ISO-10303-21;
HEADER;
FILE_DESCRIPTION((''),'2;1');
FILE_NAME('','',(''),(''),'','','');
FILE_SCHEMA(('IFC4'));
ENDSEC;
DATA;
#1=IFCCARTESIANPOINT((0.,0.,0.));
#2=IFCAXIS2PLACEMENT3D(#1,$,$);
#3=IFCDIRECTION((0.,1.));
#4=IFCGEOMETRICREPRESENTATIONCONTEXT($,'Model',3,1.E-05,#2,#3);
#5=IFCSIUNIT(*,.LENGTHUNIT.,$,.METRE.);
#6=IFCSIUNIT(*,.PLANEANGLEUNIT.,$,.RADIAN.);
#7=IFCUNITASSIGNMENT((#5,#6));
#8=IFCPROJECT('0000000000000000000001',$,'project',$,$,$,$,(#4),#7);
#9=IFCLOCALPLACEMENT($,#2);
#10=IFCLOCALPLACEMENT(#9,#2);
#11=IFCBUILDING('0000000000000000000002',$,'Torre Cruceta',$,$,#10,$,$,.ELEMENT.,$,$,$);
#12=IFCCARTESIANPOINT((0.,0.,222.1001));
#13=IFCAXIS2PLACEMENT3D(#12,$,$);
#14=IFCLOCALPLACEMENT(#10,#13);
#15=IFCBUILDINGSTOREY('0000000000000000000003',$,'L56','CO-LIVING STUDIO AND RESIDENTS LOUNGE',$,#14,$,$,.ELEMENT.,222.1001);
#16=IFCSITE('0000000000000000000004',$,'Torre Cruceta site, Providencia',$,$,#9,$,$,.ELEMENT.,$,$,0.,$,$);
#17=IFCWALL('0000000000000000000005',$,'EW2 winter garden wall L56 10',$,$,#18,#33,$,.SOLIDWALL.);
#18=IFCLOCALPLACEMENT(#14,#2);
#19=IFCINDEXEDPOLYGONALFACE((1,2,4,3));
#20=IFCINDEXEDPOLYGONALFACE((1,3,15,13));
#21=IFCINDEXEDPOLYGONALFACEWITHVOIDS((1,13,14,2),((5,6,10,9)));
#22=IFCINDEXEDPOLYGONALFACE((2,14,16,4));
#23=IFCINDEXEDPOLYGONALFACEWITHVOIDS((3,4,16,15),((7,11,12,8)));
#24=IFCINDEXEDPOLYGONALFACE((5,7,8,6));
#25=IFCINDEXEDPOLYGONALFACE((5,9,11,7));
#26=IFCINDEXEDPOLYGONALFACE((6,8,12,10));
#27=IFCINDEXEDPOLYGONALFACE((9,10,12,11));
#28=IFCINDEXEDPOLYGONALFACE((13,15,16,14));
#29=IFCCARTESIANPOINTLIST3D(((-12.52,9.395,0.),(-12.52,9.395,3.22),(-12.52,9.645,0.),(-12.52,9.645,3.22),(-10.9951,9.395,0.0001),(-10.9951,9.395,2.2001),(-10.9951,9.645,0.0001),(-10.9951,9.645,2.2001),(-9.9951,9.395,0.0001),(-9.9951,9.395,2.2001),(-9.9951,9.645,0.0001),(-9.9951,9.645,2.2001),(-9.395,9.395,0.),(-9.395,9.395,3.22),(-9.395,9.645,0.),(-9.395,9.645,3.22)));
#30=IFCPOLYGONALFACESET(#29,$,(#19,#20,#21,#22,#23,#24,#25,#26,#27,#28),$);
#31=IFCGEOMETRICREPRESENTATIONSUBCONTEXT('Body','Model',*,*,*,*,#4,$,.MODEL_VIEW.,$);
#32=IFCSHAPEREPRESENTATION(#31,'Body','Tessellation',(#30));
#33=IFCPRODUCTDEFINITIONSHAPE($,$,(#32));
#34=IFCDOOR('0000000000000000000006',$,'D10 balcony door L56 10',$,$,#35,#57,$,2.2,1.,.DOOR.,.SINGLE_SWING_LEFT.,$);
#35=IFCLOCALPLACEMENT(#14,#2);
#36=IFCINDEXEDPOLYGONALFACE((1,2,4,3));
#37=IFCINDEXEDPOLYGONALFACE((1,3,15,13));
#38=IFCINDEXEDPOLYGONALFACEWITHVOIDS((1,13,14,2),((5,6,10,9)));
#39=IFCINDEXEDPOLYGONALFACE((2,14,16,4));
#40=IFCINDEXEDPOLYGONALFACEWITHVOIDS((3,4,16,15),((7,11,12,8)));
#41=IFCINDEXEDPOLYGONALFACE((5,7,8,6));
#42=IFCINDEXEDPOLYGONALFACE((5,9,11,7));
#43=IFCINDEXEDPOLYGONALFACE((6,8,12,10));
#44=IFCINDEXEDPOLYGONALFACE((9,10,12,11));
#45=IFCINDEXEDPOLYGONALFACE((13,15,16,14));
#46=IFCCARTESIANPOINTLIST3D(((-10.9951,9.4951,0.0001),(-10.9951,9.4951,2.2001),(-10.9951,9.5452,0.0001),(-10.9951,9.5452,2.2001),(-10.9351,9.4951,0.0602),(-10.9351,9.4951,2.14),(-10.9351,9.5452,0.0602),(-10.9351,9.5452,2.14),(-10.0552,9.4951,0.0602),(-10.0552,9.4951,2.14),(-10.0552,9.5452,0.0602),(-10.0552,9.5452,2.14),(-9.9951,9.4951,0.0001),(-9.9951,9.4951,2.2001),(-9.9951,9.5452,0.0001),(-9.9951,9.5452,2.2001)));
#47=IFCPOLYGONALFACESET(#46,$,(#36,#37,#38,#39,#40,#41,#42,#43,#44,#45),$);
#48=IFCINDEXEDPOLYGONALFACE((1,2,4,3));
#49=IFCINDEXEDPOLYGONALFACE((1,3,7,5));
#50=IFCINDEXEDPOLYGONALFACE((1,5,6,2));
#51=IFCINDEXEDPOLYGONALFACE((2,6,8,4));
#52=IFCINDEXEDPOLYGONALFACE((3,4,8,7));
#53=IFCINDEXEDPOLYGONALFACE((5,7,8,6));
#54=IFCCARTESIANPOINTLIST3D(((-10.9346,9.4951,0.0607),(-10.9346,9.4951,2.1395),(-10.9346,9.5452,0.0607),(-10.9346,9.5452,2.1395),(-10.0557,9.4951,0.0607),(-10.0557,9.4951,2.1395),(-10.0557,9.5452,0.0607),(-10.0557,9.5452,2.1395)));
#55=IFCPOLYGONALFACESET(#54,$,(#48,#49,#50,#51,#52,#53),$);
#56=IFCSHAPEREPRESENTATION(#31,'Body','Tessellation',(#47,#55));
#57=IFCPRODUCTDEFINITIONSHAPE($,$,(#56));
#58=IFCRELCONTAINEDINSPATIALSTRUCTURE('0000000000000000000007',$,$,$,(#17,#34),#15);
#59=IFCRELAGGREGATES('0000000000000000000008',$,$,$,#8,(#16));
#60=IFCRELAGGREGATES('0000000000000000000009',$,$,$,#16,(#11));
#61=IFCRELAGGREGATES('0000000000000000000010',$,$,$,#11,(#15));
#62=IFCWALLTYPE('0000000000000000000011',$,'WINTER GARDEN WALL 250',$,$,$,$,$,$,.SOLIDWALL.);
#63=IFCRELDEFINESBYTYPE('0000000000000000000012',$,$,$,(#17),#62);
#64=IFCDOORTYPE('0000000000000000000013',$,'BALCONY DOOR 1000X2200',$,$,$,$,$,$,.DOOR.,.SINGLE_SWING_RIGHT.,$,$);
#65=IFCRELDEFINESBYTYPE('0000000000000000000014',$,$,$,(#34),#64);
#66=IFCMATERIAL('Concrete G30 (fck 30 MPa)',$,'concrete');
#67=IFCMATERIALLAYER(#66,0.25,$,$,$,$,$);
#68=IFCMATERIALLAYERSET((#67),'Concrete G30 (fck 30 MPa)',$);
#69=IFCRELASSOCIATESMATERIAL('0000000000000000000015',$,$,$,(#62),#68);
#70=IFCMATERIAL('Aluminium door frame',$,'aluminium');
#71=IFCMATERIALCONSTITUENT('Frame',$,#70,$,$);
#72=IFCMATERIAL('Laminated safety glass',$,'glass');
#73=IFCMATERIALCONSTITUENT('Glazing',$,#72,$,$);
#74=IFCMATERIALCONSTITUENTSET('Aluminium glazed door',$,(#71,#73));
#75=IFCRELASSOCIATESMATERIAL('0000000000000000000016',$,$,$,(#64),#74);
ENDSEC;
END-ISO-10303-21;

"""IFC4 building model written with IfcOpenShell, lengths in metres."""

from ifc_helpers import new_model, si_unit, direction, frame, frame_2d, origin, place, context, subcontext, project, spatial, rectangle, hollow_rectangle, extrude, material, layer, layer_set, constituent, constituent_set, type_object, element, fill, save


model = new_model("IFC4")

# Units and contexts
model_context = context("Model", 3, precision=1e-05, world=origin(), true_north=direction((0.0, 1.0)))
body_context = subcontext(model_context, "Body", "Model", "MODEL_VIEW")
ifc_project = project(units=[si_unit("LENGTHUNIT", "METRE"), si_unit("PLANEANGLEUNIT", "RADIAN")], contexts=[model_context])

# Site, building, storey
site_placement = place(None, origin())
site = spatial("IfcSite", under=ifc_project, at=site_placement, Name="Torre Cruceta site, Providencia", CompositionType="ELEMENT", RefElevation=0.0)
building_placement = place(site_placement, origin())
building = spatial("IfcBuilding", under=site, at=building_placement, Name="Torre Cruceta", CompositionType="ELEMENT")
storey_placement = place(building_placement, frame((0.0, 0.0, 222.1001)))
storey = spatial("IfcBuildingStorey", under=building, at=storey_placement, Name="L56", Description="CO-LIVING STUDIO AND RESIDENTS LOUNGE", CompositionType="ELEMENT", Elevation=222.1001)

# Wall, opening, door
ifc_material_1 = material(Name="Concrete G30 (fck 30 MPa)", Category="concrete")
ifc_layer_1 = layer(ifc_material_1, 0.25)
ifc_layer_set_1 = layer_set([ifc_layer_1], Name="Concrete G30 (fck 30 MPa)")
wall_type_1 = type_object("IfcWallType", Name="WINTER GARDEN WALL 250", PredefinedType="SOLIDWALL", material=ifc_layer_set_1)
ifc_material_2 = material(Name="Aluminium door frame", Category="aluminium")
ifc_constituent_1 = constituent(ifc_material_2, Name="Frame")
ifc_material_3 = material(Name="Laminated safety glass", Category="glass")
ifc_constituent_2 = constituent(ifc_material_3, Name="Glazing")
ifc_constituent_set_1 = constituent_set(constituents=[ifc_constituent_1, ifc_constituent_2], Name="Aluminium glazed door")
door_type_1 = type_object("IfcDoorType", Name="BALCONY DOOR 1000X2200", OperationType="SINGLE_SWING_RIGHT", PredefinedType="DOOR", material=ifc_constituent_set_1)
wall_1_placement = place(storey_placement, frame((-9.395, 9.52, 0.0), z_axis=(0.0, 0.0, 1.0), x_axis=(-1.0, 0.0, 0.0)))
wall_1 = element("IfcWall", 1, at=wall_1_placement, inside=storey, type_object=wall_type_1, Name="EW2 winter garden wall L56 10", PredefinedType="SOLIDWALL", context=body_context, shape_type="SweptSolid", body=[
    extrude(rectangle(XDim=3.125, YDim=0.25, at=frame_2d((1.5625, 0.0))), origin(), (0.0, 0.0, 1.0), 3.22),
])
opening_1_placement = place(wall_1_placement, frame((0.6001, 0.0, 0.0)))
opening_1 = element("IfcOpeningElement", 2, at=opening_1_placement, cuts=wall_1, PredefinedType="OPENING", context=body_context, shape_type="SweptSolid", body=[
    extrude(rectangle(XDim=1.0, YDim=2.2, at=frame_2d((0.5, 1.1001))), frame((0.0, 0.135, 0.0), z_axis=(0.0, -1.0, 0.0), x_axis=(1.0, 0.0, 0.0)), (0.0, 0.0, 1.0), 0.27),
])
door_1_placement = place(opening_1_placement, origin())
door_1 = element("IfcDoor", 3, at=door_1_placement, inside=storey, type_object=door_type_1, Name="D10 balcony door L56 10", OperationType="SINGLE_SWING_LEFT", OverallHeight=2.2, OverallWidth=1.0, PredefinedType="DOOR", context=body_context, shape_type="SweptSolid", body=[
    extrude(hollow_rectangle(XDim=1.0, YDim=2.2, WallThickness=0.0601, at=frame_2d((0.5, 1.1001))), frame((0.0, 0.0249, 0.0), z_axis=(0.0, -1.0, 0.0), x_axis=(1.0, 0.0, 0.0)), (0.0, 0.0, 1.0), 0.05),
    extrude(rectangle(XDim=0.8789, YDim=2.0789, at=frame_2d((0.5, 1.1001))), frame((0.0, 0.0249, 0.0), z_axis=(0.0, -1.0, 0.0), x_axis=(1.0, 0.0, 0.0)), (0.0, 0.0, 1.0), 0.05),
])
fill(opening_1, door_1)

save(model, "model.ifc")
